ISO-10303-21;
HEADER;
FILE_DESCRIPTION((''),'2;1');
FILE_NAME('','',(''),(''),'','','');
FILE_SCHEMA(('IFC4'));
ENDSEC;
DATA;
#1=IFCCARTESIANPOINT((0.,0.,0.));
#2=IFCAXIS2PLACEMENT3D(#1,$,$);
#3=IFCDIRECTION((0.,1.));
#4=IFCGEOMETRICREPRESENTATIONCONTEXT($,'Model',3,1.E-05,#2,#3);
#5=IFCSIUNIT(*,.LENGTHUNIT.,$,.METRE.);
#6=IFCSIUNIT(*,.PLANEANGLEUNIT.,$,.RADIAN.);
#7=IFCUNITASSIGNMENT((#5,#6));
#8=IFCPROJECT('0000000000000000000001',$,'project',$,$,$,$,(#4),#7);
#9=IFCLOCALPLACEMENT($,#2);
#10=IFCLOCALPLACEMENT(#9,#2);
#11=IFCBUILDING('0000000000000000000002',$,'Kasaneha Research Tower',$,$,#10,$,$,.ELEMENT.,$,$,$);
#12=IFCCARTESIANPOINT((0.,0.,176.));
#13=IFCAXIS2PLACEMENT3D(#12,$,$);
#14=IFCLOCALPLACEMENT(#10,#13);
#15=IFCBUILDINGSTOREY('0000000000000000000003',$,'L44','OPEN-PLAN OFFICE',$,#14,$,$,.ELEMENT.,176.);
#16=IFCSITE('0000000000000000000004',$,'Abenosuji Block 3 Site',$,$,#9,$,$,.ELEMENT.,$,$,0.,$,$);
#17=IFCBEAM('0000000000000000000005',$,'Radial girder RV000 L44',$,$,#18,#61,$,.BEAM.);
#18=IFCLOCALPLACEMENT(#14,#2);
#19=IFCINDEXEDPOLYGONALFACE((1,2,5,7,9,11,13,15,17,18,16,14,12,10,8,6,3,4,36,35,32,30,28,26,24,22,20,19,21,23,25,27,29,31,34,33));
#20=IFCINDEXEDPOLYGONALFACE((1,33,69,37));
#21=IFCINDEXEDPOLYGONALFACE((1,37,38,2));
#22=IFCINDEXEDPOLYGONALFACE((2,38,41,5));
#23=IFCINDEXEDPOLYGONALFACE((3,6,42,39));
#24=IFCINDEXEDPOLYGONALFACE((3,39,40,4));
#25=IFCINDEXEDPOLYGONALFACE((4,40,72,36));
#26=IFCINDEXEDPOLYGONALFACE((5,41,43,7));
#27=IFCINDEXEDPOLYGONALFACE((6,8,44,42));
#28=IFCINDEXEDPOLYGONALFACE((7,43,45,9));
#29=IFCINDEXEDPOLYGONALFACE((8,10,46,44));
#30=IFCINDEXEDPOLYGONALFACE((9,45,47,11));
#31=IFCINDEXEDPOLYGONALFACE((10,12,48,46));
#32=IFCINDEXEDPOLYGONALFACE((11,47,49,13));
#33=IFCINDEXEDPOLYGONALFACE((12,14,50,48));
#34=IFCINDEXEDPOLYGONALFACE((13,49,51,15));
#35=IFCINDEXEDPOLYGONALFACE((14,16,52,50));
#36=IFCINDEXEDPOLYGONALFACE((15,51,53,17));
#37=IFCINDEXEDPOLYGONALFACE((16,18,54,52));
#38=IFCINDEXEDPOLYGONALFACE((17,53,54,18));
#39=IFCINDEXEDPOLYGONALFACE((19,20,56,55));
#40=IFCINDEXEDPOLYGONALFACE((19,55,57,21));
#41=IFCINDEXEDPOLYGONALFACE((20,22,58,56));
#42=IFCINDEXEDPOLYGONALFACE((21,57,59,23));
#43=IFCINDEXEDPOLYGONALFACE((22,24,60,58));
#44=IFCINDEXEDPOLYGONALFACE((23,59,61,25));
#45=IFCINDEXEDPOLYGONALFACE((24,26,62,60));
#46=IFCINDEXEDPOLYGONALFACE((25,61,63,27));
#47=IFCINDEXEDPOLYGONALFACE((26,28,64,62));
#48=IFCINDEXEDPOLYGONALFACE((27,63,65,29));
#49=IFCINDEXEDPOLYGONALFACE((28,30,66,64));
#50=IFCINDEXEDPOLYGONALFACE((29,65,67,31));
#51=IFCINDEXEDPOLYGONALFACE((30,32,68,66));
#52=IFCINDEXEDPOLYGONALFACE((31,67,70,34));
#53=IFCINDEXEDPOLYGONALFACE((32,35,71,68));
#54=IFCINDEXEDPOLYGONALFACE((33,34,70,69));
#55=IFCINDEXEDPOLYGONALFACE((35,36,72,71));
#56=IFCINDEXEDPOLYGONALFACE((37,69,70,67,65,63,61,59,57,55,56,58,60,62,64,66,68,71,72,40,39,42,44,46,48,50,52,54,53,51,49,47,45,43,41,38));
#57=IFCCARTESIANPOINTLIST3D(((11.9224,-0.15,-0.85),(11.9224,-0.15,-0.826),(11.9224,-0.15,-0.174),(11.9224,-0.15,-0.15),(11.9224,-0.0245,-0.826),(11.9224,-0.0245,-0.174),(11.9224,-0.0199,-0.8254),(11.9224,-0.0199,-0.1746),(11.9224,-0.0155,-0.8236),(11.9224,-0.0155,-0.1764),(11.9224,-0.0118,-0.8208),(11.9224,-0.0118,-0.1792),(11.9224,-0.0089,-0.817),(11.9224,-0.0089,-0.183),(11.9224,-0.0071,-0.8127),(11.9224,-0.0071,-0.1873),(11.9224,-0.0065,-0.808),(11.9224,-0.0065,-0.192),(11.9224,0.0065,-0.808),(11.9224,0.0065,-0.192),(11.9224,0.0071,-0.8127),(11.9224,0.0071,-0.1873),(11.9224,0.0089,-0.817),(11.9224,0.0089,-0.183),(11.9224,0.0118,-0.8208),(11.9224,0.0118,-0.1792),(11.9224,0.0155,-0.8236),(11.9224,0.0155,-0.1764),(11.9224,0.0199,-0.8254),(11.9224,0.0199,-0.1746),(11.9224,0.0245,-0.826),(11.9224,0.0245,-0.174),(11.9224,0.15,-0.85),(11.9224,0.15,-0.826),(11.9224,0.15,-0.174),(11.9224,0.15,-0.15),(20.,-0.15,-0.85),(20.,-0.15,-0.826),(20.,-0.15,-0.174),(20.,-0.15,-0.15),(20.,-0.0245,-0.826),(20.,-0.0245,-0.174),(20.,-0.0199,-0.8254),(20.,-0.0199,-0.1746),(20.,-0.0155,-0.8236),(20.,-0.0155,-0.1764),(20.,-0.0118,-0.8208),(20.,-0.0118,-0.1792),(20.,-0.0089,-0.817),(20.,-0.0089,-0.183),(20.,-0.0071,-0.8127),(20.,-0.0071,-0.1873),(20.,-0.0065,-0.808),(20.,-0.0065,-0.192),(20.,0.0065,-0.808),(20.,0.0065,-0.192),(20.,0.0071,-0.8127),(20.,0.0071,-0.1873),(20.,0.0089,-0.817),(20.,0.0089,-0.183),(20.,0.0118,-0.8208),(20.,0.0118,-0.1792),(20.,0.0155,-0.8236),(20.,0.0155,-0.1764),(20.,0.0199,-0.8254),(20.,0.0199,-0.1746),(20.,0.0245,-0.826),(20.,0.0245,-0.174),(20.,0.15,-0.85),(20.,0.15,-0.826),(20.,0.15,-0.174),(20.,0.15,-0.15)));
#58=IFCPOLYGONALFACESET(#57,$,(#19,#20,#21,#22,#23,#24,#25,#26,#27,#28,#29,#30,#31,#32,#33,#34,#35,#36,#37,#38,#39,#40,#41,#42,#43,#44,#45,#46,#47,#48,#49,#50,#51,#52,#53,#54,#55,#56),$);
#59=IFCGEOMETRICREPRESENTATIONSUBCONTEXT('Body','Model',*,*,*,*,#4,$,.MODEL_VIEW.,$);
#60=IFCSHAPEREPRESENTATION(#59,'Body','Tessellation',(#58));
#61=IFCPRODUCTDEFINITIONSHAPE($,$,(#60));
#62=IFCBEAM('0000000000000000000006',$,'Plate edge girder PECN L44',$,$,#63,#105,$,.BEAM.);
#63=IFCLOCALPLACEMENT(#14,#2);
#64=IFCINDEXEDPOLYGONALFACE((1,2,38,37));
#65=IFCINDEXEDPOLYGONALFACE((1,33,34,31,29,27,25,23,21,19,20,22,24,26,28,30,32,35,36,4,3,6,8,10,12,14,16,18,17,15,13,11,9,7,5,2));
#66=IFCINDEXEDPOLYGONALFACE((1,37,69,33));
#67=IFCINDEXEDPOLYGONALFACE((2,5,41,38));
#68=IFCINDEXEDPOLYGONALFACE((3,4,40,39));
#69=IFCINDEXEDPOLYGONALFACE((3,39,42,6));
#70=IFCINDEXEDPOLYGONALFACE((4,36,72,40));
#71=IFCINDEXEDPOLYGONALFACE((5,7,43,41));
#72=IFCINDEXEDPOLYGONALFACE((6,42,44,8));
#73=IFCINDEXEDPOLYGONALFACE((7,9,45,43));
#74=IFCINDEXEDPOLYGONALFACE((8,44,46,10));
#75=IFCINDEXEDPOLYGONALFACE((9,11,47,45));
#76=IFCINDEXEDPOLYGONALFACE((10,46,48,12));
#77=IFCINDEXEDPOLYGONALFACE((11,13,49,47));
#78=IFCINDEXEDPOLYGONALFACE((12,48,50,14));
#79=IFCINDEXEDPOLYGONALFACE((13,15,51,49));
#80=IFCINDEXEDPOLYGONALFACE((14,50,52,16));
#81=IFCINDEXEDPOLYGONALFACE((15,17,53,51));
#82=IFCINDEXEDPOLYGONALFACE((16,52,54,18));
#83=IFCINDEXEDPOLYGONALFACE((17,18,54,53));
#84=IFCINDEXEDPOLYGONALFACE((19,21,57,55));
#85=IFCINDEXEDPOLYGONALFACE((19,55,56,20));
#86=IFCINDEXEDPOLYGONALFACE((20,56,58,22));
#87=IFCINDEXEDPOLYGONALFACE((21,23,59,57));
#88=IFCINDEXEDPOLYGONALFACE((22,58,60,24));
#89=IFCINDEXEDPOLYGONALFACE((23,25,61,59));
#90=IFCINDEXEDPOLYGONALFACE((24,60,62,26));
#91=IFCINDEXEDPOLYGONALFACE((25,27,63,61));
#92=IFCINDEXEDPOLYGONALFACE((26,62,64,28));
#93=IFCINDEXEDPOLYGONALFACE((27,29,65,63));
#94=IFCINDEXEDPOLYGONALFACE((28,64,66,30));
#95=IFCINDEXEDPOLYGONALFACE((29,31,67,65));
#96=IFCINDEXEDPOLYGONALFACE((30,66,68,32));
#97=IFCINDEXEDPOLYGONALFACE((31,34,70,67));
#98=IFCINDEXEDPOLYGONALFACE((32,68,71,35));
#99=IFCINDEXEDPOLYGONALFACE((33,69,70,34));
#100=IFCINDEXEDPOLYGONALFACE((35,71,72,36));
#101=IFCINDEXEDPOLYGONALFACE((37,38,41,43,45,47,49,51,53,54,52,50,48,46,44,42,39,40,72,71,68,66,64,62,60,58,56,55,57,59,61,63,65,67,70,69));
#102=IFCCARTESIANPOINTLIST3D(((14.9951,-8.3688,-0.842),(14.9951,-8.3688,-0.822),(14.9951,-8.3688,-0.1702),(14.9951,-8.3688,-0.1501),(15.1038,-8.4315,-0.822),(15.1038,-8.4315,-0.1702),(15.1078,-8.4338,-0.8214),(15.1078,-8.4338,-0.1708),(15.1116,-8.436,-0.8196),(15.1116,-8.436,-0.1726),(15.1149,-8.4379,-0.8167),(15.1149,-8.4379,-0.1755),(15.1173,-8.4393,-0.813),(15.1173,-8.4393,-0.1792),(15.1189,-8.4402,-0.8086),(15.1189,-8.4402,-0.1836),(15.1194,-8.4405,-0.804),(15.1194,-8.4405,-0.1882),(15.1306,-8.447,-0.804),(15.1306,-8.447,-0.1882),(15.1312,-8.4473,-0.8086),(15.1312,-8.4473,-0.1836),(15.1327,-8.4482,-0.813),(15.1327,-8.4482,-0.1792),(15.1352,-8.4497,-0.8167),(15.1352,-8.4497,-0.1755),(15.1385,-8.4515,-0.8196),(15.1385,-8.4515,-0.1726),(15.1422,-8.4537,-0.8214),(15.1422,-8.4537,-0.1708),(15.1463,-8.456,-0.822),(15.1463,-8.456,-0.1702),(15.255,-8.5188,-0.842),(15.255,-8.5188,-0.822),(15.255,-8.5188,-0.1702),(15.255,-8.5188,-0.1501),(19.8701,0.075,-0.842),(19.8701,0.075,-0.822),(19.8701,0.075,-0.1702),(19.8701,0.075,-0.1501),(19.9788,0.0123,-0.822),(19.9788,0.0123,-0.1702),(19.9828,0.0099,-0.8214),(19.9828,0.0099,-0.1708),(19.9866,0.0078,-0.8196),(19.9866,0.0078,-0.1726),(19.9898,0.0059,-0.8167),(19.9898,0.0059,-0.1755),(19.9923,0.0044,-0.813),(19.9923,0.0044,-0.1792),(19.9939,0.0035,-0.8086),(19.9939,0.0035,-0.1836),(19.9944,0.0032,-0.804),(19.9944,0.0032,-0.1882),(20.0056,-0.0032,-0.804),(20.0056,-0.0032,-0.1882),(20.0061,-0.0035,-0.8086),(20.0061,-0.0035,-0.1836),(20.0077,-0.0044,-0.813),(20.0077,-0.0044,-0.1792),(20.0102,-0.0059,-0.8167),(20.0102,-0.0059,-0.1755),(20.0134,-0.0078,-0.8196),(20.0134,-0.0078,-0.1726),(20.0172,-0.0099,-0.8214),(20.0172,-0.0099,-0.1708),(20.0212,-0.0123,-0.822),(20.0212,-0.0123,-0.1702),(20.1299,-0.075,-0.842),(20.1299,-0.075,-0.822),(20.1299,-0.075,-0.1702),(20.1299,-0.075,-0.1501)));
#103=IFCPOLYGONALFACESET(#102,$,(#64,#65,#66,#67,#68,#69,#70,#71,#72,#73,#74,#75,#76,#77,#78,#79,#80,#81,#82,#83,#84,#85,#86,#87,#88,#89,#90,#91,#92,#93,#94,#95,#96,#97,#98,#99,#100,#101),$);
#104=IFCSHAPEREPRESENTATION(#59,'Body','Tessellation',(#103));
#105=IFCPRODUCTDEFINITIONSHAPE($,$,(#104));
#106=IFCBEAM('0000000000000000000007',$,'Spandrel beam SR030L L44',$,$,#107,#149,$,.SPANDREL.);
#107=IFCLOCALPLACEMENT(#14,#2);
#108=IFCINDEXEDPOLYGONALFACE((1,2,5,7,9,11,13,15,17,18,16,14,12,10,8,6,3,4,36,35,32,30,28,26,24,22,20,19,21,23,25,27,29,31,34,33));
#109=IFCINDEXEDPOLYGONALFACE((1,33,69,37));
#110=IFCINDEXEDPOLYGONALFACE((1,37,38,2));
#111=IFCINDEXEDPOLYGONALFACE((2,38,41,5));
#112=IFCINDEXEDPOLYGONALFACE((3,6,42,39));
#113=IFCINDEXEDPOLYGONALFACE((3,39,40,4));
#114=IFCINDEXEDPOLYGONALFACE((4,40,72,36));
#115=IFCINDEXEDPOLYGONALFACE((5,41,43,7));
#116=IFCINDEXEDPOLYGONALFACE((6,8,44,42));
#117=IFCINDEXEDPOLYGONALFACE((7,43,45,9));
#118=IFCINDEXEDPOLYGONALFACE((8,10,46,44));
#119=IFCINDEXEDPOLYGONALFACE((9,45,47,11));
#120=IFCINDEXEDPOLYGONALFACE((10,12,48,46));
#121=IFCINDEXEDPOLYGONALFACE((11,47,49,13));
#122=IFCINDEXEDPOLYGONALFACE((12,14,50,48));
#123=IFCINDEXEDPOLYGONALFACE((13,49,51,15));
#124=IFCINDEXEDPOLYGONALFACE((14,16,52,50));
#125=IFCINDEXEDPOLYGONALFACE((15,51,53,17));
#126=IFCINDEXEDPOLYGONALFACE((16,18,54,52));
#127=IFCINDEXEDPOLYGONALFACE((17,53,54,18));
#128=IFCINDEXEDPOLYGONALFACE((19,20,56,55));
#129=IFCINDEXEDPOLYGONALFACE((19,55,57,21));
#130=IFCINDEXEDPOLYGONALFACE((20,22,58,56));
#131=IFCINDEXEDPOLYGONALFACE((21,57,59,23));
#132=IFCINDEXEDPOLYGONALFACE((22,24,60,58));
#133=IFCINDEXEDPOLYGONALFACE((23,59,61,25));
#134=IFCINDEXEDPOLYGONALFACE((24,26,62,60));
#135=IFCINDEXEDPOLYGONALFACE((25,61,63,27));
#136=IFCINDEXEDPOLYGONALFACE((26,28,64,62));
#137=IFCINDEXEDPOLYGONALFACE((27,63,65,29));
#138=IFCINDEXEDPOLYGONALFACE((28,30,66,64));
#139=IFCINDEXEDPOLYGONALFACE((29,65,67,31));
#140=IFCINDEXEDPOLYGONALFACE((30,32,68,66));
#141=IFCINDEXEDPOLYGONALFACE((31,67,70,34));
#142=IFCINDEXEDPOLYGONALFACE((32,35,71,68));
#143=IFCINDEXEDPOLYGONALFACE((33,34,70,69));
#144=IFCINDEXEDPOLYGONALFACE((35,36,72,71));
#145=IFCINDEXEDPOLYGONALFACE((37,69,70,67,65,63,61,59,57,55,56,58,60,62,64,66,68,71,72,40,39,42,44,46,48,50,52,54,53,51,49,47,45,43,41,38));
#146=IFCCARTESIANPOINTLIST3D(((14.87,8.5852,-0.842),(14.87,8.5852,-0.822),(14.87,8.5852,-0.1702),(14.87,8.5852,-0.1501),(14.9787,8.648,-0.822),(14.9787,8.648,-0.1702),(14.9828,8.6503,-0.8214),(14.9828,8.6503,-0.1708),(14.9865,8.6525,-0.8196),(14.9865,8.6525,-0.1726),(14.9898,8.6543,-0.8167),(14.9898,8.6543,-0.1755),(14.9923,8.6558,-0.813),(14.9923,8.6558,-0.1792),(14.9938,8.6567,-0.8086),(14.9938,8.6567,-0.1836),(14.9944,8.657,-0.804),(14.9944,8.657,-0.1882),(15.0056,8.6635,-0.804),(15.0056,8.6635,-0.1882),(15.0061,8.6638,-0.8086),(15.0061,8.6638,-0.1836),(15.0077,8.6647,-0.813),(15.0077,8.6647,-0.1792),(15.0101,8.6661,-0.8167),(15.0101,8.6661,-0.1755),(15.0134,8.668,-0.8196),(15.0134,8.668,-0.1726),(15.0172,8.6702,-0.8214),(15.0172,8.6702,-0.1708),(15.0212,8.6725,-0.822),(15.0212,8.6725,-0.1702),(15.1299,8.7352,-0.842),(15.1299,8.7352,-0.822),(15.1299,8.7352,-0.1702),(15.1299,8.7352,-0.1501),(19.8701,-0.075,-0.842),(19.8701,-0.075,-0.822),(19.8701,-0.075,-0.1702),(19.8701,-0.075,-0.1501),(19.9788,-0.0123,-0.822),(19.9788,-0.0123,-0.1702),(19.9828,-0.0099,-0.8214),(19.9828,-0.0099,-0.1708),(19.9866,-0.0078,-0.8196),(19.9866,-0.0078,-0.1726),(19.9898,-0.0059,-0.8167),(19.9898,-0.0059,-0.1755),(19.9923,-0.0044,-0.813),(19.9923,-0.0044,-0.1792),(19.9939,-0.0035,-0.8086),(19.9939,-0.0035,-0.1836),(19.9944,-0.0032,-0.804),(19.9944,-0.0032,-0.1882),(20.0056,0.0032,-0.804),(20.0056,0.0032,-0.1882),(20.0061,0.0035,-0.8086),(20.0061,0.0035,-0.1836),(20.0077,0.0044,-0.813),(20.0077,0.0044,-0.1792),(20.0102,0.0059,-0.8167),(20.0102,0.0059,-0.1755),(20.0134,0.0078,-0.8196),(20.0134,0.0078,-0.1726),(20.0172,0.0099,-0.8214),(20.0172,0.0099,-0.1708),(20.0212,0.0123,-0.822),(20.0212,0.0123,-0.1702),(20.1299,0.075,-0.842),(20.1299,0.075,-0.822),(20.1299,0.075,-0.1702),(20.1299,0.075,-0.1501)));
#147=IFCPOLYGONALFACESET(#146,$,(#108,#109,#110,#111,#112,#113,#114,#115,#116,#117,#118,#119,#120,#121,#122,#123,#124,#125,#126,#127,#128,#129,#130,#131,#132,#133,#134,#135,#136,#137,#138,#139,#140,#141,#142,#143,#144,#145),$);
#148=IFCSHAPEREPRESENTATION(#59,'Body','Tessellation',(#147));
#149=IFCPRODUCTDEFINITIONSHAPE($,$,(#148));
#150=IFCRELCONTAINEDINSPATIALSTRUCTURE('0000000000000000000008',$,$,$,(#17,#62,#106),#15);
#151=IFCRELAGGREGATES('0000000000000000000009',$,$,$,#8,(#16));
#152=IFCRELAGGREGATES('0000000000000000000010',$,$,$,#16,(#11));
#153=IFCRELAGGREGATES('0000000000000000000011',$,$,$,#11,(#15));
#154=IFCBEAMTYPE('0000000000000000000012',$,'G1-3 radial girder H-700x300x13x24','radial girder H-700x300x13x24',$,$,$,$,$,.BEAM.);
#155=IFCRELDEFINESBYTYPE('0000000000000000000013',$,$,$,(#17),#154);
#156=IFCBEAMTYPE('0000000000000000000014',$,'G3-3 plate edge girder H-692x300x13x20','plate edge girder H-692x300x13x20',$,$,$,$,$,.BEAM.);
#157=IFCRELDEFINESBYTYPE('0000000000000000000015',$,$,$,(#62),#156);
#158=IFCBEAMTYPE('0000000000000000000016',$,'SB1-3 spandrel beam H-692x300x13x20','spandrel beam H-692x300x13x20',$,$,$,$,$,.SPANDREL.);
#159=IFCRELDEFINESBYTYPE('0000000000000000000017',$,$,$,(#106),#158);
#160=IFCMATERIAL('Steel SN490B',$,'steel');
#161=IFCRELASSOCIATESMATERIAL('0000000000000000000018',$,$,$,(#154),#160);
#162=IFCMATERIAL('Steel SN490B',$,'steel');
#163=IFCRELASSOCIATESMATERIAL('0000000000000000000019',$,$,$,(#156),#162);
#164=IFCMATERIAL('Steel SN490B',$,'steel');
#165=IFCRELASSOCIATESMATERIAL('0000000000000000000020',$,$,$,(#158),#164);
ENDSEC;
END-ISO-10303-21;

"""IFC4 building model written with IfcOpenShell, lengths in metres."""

from ifc_helpers import new_model, si_unit, direction, frame, origin, origin_2d, place, context, subcontext, project, spatial, i_section, extrude, material, material_profile, profile_set, type_object, element, save


model = new_model("IFC4")

# Units and contexts
model_context = context("Model", 3, precision=1e-05, world=origin(), true_north=direction((0.0, 1.0)))
body_context = subcontext(model_context, "Body", "Model", "MODEL_VIEW")
ifc_project = project(units=[si_unit("LENGTHUNIT", "METRE"), si_unit("PLANEANGLEUNIT", "RADIAN")], contexts=[model_context])

# Site, building, storey
site_placement = place(None, origin())
site = spatial("IfcSite", under=ifc_project, at=site_placement, Name="Abenosuji Block 3 Site", CompositionType="ELEMENT", RefElevation=0.0)
building_placement = place(site_placement, origin())
building = spatial("IfcBuilding", under=site, at=building_placement, Name="Kasaneha Research Tower", CompositionType="ELEMENT")
storey_placement = place(building_placement, frame((0.0, 0.0, 176.0)))
storey = spatial("IfcBuildingStorey", under=building, at=storey_placement, Name="L44", Description="OPEN-PLAN OFFICE", CompositionType="ELEMENT", Elevation=176.0)

# Beams
ifc_material_1 = material(Name="Steel SN490B", Category="steel")
ifc_material_profile_1 = material_profile(ifc_material_1, i_section(OverallWidth=0.3, OverallDepth=0.7, WebThickness=0.0129, FlangeThickness=0.0239, FilletRadius=0.0181, at=origin_2d()), Name="H-700x300x13x24")
ifc_profile_set_1 = profile_set([ifc_material_profile_1], Name="Steel SN490B")
beam_type_1 = type_object("IfcBeamType", Name="G1-3 radial girder H-700x300x13x24", Description="radial girder H-700x300x13x24", PredefinedType="BEAM", material=ifc_profile_set_1)
beam_1_placement = place(storey_placement, frame((11.9224, 0.0, -0.5), z_axis=(1.0, 0.0, 0.0), x_axis=(0.0, 1.0, 0.0)))
element("IfcBeam", 1, at=beam_1_placement, inside=storey, type_object=beam_type_1, Name="Radial girder RV000 L44", PredefinedType="BEAM", context=body_context, shape_type="SweptSolid", body=[
    extrude(i_section(OverallWidth=0.3, OverallDepth=0.7, WebThickness=0.0129, FlangeThickness=0.0239, FilletRadius=0.0181, at=origin_2d()), origin(), (0.0, 0.0, 1.0), 8.0776),
])
ifc_material_2 = material(Name="Steel SN490B", Category="steel")
ifc_material_profile_2 = material_profile(ifc_material_2, i_section(OverallWidth=0.3, OverallDepth=0.6919, WebThickness=0.0129, FlangeThickness=0.02, FilletRadius=0.0181, at=origin_2d()), Name="H-692x300x13x20")
ifc_profile_set_2 = profile_set([ifc_material_profile_2], Name="Steel SN490B")
beam_type_2 = type_object("IfcBeamType", Name="G3-3 plate edge girder H-692x300x13x20", Description="plate edge girder H-692x300x13x20", PredefinedType="BEAM", material=ifc_profile_set_2)
beam_2_placement = place(storey_placement, frame((20.0, 0.0, -0.4961), z_axis=(-0.499996, -0.866028, 0.0), x_axis=(0.866028, -0.499996, 0.0)))
element("IfcBeam", 2, at=beam_2_placement, inside=storey, type_object=beam_type_2, Name="Plate edge girder PECN L44", PredefinedType="BEAM", context=body_context, shape_type="SweptSolid", body=[
    extrude(i_section(OverallWidth=0.3, OverallDepth=0.6919, WebThickness=0.0129, FlangeThickness=0.02, FilletRadius=0.0181, at=origin_2d()), origin(), (0.0, 0.0, 1.0), 9.75),
])
ifc_material_3 = material(Name="Steel SN490B", Category="steel")
ifc_material_profile_3 = material_profile(ifc_material_3, i_section(OverallWidth=0.3, OverallDepth=0.6919, WebThickness=0.0129, FlangeThickness=0.02, FilletRadius=0.0181, at=origin_2d()), Name="H-692x300x13x20")
ifc_profile_set_3 = profile_set([ifc_material_profile_3], Name="Steel SN490B")
beam_type_3 = type_object("IfcBeamType", Name="SB1-3 spandrel beam H-692x300x13x20", Description="spandrel beam H-692x300x13x20", PredefinedType="SPANDREL", material=ifc_profile_set_3)
beam_3_placement = place(storey_placement, frame((20.0, 0.0, -0.4961), z_axis=(-0.500004, 0.866023, 0.0), x_axis=(-0.866023, -0.500004, 0.0)))
element("IfcBeam", 3, at=beam_3_placement, inside=storey, type_object=beam_type_3, Name="Spandrel beam SR030L L44", PredefinedType="SPANDREL", context=body_context, shape_type="SweptSolid", body=[
    extrude(i_section(OverallWidth=0.3, OverallDepth=0.6919, WebThickness=0.0129, FlangeThickness=0.02, FilletRadius=0.0181, at=origin_2d()), origin(), (0.0, 0.0, 1.0), 10.0),
])

save(model, "model.ifc")
